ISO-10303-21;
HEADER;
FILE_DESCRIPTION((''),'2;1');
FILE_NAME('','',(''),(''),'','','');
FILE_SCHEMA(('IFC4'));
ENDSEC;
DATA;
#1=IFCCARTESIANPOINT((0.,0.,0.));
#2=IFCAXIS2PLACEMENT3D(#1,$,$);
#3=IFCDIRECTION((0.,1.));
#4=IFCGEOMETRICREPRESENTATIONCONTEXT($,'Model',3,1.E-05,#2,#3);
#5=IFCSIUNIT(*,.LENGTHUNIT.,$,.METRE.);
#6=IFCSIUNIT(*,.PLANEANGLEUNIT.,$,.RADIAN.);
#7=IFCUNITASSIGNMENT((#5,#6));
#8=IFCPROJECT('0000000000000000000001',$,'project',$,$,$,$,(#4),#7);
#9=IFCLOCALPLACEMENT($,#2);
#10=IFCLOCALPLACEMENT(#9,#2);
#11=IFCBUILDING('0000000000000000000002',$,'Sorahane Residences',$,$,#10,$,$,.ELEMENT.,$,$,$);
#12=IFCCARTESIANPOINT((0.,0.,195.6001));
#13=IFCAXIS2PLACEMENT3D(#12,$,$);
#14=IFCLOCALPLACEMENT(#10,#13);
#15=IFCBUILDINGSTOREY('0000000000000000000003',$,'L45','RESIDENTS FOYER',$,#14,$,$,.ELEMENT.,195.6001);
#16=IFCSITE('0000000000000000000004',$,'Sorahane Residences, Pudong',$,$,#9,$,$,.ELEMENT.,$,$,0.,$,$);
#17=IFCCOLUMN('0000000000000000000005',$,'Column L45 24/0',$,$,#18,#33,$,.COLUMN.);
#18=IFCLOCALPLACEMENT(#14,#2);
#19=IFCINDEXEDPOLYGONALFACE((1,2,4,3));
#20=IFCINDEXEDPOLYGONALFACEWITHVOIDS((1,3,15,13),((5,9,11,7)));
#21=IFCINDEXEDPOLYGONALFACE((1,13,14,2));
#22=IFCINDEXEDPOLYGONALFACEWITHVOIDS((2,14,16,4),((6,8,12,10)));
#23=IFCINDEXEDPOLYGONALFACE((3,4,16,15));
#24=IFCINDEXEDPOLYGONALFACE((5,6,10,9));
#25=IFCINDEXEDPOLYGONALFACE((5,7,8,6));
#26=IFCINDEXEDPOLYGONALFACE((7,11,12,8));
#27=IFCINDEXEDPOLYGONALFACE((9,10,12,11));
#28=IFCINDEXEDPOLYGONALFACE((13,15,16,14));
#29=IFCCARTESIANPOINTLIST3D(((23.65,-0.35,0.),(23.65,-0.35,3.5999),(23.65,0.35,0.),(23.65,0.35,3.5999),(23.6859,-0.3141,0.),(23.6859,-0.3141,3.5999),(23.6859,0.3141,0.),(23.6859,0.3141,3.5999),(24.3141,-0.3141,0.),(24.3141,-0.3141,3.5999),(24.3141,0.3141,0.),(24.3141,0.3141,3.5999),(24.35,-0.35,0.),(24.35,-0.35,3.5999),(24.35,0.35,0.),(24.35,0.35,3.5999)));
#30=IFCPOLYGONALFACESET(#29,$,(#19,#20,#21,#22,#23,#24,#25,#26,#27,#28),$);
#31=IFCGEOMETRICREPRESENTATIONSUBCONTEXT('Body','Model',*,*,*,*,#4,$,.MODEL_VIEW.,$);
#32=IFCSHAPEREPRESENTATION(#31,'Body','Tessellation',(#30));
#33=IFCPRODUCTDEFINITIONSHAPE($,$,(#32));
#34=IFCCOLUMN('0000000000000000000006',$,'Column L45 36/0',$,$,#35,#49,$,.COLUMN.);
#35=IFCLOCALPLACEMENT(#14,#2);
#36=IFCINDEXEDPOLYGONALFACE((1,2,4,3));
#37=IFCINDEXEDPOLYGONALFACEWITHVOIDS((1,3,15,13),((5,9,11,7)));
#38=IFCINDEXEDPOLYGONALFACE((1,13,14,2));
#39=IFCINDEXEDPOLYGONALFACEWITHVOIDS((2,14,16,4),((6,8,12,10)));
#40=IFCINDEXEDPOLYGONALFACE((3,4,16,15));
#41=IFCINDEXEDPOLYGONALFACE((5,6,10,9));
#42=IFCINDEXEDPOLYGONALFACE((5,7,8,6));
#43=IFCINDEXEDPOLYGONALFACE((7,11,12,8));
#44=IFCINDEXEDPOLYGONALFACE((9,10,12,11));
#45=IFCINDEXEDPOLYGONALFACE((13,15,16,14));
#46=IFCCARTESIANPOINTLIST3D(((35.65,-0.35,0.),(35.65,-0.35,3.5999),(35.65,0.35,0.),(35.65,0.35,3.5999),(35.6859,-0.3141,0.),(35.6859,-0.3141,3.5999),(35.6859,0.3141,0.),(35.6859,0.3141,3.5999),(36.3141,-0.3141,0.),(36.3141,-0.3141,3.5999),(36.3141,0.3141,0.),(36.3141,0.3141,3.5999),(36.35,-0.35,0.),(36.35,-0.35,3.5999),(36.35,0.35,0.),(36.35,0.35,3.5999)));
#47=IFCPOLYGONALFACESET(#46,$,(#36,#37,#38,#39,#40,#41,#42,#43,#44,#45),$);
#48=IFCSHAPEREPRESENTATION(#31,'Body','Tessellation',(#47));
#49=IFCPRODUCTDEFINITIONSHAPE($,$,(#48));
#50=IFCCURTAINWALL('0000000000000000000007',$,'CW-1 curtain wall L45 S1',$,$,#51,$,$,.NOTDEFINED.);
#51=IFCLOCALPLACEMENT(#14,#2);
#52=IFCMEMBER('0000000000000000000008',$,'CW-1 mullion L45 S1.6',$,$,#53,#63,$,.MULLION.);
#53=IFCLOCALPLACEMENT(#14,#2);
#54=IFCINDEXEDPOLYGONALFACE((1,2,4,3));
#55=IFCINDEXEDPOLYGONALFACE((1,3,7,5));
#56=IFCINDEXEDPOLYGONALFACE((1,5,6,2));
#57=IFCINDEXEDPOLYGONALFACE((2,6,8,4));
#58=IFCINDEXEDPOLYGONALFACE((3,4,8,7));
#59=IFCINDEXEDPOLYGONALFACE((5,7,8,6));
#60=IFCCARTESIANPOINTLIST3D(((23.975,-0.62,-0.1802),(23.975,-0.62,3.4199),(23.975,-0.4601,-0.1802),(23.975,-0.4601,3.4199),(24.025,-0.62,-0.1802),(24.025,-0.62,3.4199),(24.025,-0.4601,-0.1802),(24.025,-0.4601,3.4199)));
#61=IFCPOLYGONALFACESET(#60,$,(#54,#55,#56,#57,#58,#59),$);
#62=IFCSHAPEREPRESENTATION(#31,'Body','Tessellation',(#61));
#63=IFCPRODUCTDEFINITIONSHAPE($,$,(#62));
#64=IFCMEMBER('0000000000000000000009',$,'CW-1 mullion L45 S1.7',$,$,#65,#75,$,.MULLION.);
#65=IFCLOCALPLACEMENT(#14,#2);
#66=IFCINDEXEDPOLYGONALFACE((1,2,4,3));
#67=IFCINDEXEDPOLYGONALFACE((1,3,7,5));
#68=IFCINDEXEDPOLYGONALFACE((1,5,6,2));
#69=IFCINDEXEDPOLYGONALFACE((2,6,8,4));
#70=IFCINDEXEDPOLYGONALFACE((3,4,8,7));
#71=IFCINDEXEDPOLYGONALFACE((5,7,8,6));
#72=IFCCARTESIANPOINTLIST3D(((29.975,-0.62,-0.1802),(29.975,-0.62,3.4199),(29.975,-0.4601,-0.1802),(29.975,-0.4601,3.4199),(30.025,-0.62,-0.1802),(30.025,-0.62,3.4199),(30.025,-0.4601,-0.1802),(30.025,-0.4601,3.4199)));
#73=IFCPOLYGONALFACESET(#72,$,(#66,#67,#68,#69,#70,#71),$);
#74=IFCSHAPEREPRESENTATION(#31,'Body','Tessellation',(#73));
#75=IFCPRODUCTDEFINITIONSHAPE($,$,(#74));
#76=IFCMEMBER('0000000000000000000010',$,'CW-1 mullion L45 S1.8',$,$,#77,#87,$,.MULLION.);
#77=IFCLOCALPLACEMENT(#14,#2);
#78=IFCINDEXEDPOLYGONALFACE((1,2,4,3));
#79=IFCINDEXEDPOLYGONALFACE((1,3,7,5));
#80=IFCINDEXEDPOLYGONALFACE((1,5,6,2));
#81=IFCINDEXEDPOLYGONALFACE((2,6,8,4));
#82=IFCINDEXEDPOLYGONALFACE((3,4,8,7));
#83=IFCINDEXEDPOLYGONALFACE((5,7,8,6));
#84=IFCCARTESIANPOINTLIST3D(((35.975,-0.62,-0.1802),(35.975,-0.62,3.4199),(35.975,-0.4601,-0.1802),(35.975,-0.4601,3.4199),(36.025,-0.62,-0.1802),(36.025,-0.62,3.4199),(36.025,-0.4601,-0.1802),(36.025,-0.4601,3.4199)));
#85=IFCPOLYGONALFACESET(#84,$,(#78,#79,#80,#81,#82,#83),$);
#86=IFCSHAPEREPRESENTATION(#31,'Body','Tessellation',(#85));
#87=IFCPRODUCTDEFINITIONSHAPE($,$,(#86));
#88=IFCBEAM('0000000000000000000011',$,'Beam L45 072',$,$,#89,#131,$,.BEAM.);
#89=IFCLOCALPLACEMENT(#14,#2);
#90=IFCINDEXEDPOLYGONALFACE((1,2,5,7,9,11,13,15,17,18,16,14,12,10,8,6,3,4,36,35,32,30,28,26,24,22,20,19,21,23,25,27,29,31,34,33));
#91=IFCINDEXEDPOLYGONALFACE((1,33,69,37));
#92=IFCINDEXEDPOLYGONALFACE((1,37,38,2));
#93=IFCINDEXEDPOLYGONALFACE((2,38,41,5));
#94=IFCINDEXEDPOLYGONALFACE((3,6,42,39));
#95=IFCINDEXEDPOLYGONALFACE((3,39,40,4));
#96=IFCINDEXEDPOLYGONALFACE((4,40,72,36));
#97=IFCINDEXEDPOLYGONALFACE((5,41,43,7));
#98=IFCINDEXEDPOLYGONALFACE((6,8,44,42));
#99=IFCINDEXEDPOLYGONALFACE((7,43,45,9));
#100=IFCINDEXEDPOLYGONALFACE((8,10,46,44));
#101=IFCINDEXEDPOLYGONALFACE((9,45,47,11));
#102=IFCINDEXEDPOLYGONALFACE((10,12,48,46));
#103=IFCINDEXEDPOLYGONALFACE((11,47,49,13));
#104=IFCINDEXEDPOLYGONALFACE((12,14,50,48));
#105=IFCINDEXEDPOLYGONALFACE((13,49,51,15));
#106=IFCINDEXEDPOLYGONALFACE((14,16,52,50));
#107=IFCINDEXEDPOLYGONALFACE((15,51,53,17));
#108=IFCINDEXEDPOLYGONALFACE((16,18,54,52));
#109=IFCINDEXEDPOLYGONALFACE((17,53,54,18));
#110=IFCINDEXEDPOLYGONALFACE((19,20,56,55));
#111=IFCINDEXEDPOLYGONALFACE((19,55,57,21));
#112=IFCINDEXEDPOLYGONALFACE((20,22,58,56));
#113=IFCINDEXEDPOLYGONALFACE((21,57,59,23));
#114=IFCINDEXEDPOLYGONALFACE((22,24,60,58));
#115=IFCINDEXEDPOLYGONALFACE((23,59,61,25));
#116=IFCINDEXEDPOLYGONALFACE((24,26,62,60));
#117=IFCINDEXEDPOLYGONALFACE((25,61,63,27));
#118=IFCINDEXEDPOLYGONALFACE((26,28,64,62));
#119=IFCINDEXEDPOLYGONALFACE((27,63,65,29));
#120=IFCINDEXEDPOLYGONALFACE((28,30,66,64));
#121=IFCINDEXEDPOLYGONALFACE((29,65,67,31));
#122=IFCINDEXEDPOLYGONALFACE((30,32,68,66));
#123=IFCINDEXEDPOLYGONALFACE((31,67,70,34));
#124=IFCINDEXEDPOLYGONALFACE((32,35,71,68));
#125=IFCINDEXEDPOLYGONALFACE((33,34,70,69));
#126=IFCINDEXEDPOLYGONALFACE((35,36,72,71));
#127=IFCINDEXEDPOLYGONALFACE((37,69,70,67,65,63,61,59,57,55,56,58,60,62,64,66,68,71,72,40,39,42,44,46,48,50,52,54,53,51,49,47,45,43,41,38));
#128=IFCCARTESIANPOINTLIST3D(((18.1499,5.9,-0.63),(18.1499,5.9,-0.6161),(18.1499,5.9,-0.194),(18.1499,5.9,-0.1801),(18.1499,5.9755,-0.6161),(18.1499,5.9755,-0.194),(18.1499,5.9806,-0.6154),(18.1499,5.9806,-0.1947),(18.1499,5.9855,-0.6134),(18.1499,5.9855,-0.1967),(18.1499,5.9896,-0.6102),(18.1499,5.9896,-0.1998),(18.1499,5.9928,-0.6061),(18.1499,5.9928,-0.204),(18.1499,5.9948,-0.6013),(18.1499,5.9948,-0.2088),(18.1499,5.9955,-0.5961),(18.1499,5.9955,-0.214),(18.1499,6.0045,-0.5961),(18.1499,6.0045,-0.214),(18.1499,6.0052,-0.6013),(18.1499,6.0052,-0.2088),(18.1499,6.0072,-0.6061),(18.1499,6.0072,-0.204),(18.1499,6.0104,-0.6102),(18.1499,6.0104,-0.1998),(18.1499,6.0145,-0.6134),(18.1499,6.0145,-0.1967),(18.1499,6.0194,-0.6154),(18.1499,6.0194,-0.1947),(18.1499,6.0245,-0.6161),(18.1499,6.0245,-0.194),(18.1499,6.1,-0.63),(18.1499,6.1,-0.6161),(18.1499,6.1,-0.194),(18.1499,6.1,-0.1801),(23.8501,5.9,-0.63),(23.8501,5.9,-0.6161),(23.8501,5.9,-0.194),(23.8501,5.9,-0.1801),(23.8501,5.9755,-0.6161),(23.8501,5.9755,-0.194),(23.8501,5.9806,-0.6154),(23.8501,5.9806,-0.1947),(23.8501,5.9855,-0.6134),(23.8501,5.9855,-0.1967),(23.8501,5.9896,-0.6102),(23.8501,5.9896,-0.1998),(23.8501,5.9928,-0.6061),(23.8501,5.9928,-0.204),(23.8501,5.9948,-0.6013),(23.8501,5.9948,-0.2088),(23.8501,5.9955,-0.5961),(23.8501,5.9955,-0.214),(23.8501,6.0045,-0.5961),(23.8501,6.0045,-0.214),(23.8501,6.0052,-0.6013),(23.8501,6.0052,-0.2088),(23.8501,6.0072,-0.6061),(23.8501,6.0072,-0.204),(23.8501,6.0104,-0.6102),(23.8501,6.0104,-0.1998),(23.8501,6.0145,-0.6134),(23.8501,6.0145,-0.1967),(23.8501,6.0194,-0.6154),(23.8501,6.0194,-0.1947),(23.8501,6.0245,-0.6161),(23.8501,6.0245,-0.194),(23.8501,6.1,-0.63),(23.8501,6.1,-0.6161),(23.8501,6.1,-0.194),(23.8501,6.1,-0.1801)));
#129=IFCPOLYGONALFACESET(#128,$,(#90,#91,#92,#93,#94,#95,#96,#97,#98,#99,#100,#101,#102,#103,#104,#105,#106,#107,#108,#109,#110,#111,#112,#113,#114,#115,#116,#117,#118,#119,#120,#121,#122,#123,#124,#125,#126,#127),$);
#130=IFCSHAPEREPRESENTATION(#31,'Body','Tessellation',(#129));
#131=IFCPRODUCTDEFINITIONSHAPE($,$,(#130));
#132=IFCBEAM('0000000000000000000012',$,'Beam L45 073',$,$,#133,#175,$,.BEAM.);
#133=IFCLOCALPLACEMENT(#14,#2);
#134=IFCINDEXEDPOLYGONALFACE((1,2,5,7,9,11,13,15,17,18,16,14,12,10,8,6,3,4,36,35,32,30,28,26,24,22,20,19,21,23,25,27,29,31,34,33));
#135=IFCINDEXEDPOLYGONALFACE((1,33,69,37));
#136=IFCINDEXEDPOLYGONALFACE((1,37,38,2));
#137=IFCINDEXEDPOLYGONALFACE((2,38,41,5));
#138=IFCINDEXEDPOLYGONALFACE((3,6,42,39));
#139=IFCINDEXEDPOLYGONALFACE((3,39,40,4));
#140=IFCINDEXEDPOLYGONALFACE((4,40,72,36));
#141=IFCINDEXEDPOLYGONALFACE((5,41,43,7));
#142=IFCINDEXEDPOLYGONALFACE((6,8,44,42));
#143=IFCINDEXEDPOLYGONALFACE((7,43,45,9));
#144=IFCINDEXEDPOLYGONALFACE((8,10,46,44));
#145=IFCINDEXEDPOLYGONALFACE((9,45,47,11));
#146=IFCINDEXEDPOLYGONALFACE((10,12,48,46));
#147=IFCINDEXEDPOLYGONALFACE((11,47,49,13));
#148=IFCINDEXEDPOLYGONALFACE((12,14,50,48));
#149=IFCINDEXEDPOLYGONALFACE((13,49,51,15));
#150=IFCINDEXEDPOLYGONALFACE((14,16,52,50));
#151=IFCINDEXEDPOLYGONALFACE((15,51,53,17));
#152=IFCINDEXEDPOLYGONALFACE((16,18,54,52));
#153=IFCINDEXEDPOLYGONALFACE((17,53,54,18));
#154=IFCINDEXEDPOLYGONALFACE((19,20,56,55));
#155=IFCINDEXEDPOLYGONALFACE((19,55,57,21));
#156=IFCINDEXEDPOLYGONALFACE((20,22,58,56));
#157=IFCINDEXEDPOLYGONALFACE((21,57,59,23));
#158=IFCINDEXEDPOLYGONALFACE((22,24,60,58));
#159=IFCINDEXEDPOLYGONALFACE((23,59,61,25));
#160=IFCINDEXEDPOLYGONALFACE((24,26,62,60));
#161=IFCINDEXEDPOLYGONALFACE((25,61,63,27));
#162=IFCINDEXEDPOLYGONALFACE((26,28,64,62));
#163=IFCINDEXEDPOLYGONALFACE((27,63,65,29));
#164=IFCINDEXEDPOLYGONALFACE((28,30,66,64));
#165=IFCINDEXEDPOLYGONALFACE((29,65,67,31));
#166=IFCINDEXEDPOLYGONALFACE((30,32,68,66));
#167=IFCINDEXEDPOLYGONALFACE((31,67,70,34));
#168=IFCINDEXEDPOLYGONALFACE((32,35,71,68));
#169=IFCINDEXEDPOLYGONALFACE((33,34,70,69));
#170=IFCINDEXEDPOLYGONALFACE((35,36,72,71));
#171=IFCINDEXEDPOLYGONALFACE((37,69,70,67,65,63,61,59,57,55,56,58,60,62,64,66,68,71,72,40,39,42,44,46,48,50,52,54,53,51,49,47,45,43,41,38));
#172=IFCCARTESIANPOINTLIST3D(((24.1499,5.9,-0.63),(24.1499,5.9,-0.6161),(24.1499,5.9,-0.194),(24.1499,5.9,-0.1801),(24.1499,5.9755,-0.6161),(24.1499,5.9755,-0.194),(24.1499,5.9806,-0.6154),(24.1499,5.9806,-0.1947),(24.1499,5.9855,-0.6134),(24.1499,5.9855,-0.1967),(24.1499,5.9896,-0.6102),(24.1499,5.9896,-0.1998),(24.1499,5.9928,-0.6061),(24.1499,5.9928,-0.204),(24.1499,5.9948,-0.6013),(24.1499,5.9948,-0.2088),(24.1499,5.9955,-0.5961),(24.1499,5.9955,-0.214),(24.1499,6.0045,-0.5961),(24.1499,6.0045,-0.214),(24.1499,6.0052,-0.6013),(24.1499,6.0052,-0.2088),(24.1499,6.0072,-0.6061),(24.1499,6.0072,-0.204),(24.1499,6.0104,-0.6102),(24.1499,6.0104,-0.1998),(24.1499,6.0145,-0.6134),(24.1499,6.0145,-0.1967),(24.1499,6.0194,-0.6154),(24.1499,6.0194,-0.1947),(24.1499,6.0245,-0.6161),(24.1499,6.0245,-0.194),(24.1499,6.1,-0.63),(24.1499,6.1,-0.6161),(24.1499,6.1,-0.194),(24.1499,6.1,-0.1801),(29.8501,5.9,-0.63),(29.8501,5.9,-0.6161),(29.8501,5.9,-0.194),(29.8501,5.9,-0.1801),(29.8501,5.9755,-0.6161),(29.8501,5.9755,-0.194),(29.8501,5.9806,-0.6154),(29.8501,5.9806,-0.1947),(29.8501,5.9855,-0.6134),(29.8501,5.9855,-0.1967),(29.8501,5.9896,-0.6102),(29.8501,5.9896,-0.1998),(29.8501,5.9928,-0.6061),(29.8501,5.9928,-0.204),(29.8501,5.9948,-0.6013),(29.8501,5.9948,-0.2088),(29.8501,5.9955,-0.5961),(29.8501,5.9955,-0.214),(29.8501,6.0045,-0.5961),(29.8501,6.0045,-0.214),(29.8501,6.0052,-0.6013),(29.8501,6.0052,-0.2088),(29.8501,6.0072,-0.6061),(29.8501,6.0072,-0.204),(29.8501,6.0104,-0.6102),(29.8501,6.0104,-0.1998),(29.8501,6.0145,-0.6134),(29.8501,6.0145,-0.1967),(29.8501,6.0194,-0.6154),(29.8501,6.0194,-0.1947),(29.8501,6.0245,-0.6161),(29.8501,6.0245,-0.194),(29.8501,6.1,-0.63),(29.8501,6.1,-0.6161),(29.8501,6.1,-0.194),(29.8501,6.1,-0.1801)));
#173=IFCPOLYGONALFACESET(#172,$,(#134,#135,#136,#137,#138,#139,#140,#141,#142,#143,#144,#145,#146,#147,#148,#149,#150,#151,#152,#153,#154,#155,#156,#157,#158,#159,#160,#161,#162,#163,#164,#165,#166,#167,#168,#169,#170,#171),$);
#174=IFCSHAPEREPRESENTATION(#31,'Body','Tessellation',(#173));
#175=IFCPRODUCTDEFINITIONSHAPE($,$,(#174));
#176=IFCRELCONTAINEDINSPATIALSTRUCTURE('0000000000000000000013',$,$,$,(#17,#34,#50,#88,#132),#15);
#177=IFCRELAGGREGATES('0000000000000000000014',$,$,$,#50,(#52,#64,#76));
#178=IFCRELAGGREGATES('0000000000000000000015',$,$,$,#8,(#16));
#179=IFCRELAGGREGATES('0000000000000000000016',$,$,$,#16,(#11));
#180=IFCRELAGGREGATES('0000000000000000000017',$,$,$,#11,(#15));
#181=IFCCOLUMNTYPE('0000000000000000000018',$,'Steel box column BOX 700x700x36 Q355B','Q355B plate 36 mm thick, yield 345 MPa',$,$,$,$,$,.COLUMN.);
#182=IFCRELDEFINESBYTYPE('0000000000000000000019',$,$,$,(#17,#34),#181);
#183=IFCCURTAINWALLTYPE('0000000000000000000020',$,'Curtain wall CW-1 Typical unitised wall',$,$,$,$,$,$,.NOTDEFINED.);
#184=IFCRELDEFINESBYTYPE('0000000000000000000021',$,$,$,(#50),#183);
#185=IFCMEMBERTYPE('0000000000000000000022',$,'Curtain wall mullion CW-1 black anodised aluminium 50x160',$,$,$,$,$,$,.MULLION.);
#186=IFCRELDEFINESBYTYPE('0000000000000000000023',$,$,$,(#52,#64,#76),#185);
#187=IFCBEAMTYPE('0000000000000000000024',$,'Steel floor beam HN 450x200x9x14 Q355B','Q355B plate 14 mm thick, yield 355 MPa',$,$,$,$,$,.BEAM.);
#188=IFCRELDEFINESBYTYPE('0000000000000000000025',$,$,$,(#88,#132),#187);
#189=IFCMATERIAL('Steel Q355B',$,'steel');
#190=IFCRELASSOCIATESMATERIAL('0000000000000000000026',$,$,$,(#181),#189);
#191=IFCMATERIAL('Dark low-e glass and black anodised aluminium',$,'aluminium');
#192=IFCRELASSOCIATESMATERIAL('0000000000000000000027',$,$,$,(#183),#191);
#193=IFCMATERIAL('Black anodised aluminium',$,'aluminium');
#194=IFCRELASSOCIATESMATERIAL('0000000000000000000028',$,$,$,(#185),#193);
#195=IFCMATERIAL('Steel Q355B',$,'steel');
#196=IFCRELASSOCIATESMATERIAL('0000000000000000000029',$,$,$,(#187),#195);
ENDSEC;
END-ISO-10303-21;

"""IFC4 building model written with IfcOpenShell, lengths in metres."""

from ifc_helpers import new_model, si_unit, direction, frame, origin, origin_2d, place, context, subcontext, project, spatial, rectangle, hollow_rectangle, i_section, extrude, material, material_profile, profile_set, type_object, element, aggregate, save


model = new_model("IFC4")

# Units and contexts
model_context = context("Model", 3, precision=1e-05, world=origin(), true_north=direction((0.0, 1.0)))
body_context = subcontext(model_context, "Body", "Model", "MODEL_VIEW")
ifc_project = project(units=[si_unit("LENGTHUNIT", "METRE"), si_unit("PLANEANGLEUNIT", "RADIAN")], contexts=[model_context])

# Site, building, storey
site_placement = place(None, origin())
site = spatial("IfcSite", under=ifc_project, at=site_placement, Name="Sorahane Residences, Pudong", CompositionType="ELEMENT", RefElevation=0.0)
building_placement = place(site_placement, origin())
building = spatial("IfcBuilding", under=site, at=building_placement, Name="Sorahane Residences", CompositionType="ELEMENT")
storey_placement = place(building_placement, frame((0.0, 0.0, 195.6001)))
storey = spatial("IfcBuildingStorey", under=building, at=storey_placement, Name="L45", Description="RESIDENTS FOYER", CompositionType="ELEMENT", Elevation=195.6001)

# Columns
ifc_material_1 = material(Name="Steel Q355B", Category="steel")
ifc_material_profile_1 = material_profile(ifc_material_1, hollow_rectangle(XDim=0.7, YDim=0.7, WallThickness=0.0359, at=origin_2d()), Name="BOX 700x700x36")
ifc_profile_set_1 = profile_set([ifc_material_profile_1], Name="Steel Q355B")
column_type = type_object("IfcColumnType", Name="Steel box column BOX 700x700x36 Q355B", Description="Q355B plate 36 mm thick, yield 345 MPa", PredefinedType="COLUMN", material=ifc_profile_set_1)
for number, where, z_axis, x_axis, name in (
    (1, (24.0, 0.0, 0.0), (0.0, 0.0, 1.0), (1.0, 0.0, 0.0), "Column L45 24/0"),
    (2, (36.0, 0.0, 0.0), (0.0, 0.0, 1.0), (1.0, 0.0, 0.0), "Column L45 36/0"),
):
    element("IfcColumn", number, at=place(storey_placement, frame(where, z_axis=z_axis, x_axis=x_axis)), inside=storey, type_object=column_type, Name=name, PredefinedType="COLUMN", context=body_context, shape_type="SweptSolid", body=[
        extrude(hollow_rectangle(XDim=0.7, YDim=0.7, WallThickness=0.0359, at=origin_2d()), origin(), (0.0, 0.0, 1.0), 3.5999),
    ])

# Curtain wall, members
ifc_material_2 = material(Name="Dark low-e glass and black anodised aluminium", Category="aluminium")
curtain_wall_type = type_object("IfcCurtainWallType", Name="Curtain wall CW-1 Typical unitised wall", PredefinedType="NOTDEFINED", material=ifc_material_2)
curtain_wall_placement = place(storey_placement, origin())
curtain_wall = element("IfcCurtainWall", 3, at=curtain_wall_placement, inside=storey, type_object=curtain_wall_type, Name="CW-1 curtain wall L45 S1", PredefinedType="NOTDEFINED")
ifc_material_3 = material(Name="Black anodised aluminium", Category="aluminium")
ifc_material_profile_2 = material_profile(ifc_material_3, rectangle(XDim=0.1599, YDim=0.05, at=origin_2d()), Name="Curtain wall mullion CW-1 black anodised aluminium 50x160")
ifc_profile_set_2 = profile_set([ifc_material_profile_2], Name="Black anodised aluminium")
member_type = type_object("IfcMemberType", Name="Curtain wall mullion CW-1 black anodised aluminium 50x160", PredefinedType="MULLION", material=ifc_profile_set_2)
member_1_placement = place(storey_placement, frame((24.0, -0.54, -0.1802), z_axis=(0.0, 0.0, 1.0), x_axis=(0.0, -1.0, 0.0)))
member_1 = element("IfcMember", 4, at=member_1_placement, type_object=member_type, Name="CW-1 mullion L45 S1.6", PredefinedType="MULLION", context=body_context, shape_type="SweptSolid", body=[
    extrude(rectangle(XDim=0.1599, YDim=0.05, at=origin_2d()), origin(), (0.0, 0.0, 1.0), 3.6001),
])
member_2_placement = place(storey_placement, frame((30.0, -0.54, -0.1802), z_axis=(0.0, 0.0, 1.0), x_axis=(0.0, -1.0, 0.0)))
member_2 = element("IfcMember", 5, at=member_2_placement, type_object=member_type, Name="CW-1 mullion L45 S1.7", PredefinedType="MULLION", context=body_context, shape_type="SweptSolid", body=[
    extrude(rectangle(XDim=0.1599, YDim=0.05, at=origin_2d()), origin(), (0.0, 0.0, 1.0), 3.6001),
])
member_3_placement = place(storey_placement, frame((36.0, -0.54, -0.1802), z_axis=(0.0, 0.0, 1.0), x_axis=(0.0, -1.0, 0.0)))
member_3 = element("IfcMember", 6, at=member_3_placement, type_object=member_type, Name="CW-1 mullion L45 S1.8", PredefinedType="MULLION", context=body_context, shape_type="SweptSolid", body=[
    extrude(rectangle(XDim=0.1599, YDim=0.05, at=origin_2d()), origin(), (0.0, 0.0, 1.0), 3.6001),
])

# Beams
ifc_material_4 = material(Name="Steel Q355B", Category="steel")
ifc_material_profile_3 = material_profile(ifc_material_4, i_section(OverallWidth=0.2, OverallDepth=0.45, WebThickness=0.009, FlangeThickness=0.0139, FilletRadius=0.02, at=origin_2d()), Name="HN 450x200x9x14")
ifc_profile_set_3 = profile_set([ifc_material_profile_3], Name="Steel Q355B")
beam_type_1 = type_object("IfcBeamType", Name="Steel floor beam HN 450x200x9x14 Q355B", Description="Q355B plate 14 mm thick, yield 355 MPa", PredefinedType="BEAM", material=ifc_profile_set_3)
for number, where, z_axis, x_axis, name in (
    (7, (18.1499, 6.0, -0.405), (1.0, 0.0, 0.0), (0.0, 1.0, 0.0), "Beam L45 072"),
    (8, (24.1499, 6.0, -0.405), (1.0, 0.0, 0.0), (0.0, 1.0, 0.0), "Beam L45 073"),
):
    element("IfcBeam", number, at=place(storey_placement, frame(where, z_axis=z_axis, x_axis=x_axis)), inside=storey, type_object=beam_type_1, Name=name, PredefinedType="BEAM", context=body_context, shape_type="SweptSolid", body=[
        extrude(i_section(OverallWidth=0.2, OverallDepth=0.45, WebThickness=0.009, FlangeThickness=0.0139, FilletRadius=0.02, at=origin_2d()), origin(), (0.0, 0.0, 1.0), 5.7002),
    ])

aggregate(curtain_wall, [member_1, member_2, member_3])

save(model, "model.ifc")
